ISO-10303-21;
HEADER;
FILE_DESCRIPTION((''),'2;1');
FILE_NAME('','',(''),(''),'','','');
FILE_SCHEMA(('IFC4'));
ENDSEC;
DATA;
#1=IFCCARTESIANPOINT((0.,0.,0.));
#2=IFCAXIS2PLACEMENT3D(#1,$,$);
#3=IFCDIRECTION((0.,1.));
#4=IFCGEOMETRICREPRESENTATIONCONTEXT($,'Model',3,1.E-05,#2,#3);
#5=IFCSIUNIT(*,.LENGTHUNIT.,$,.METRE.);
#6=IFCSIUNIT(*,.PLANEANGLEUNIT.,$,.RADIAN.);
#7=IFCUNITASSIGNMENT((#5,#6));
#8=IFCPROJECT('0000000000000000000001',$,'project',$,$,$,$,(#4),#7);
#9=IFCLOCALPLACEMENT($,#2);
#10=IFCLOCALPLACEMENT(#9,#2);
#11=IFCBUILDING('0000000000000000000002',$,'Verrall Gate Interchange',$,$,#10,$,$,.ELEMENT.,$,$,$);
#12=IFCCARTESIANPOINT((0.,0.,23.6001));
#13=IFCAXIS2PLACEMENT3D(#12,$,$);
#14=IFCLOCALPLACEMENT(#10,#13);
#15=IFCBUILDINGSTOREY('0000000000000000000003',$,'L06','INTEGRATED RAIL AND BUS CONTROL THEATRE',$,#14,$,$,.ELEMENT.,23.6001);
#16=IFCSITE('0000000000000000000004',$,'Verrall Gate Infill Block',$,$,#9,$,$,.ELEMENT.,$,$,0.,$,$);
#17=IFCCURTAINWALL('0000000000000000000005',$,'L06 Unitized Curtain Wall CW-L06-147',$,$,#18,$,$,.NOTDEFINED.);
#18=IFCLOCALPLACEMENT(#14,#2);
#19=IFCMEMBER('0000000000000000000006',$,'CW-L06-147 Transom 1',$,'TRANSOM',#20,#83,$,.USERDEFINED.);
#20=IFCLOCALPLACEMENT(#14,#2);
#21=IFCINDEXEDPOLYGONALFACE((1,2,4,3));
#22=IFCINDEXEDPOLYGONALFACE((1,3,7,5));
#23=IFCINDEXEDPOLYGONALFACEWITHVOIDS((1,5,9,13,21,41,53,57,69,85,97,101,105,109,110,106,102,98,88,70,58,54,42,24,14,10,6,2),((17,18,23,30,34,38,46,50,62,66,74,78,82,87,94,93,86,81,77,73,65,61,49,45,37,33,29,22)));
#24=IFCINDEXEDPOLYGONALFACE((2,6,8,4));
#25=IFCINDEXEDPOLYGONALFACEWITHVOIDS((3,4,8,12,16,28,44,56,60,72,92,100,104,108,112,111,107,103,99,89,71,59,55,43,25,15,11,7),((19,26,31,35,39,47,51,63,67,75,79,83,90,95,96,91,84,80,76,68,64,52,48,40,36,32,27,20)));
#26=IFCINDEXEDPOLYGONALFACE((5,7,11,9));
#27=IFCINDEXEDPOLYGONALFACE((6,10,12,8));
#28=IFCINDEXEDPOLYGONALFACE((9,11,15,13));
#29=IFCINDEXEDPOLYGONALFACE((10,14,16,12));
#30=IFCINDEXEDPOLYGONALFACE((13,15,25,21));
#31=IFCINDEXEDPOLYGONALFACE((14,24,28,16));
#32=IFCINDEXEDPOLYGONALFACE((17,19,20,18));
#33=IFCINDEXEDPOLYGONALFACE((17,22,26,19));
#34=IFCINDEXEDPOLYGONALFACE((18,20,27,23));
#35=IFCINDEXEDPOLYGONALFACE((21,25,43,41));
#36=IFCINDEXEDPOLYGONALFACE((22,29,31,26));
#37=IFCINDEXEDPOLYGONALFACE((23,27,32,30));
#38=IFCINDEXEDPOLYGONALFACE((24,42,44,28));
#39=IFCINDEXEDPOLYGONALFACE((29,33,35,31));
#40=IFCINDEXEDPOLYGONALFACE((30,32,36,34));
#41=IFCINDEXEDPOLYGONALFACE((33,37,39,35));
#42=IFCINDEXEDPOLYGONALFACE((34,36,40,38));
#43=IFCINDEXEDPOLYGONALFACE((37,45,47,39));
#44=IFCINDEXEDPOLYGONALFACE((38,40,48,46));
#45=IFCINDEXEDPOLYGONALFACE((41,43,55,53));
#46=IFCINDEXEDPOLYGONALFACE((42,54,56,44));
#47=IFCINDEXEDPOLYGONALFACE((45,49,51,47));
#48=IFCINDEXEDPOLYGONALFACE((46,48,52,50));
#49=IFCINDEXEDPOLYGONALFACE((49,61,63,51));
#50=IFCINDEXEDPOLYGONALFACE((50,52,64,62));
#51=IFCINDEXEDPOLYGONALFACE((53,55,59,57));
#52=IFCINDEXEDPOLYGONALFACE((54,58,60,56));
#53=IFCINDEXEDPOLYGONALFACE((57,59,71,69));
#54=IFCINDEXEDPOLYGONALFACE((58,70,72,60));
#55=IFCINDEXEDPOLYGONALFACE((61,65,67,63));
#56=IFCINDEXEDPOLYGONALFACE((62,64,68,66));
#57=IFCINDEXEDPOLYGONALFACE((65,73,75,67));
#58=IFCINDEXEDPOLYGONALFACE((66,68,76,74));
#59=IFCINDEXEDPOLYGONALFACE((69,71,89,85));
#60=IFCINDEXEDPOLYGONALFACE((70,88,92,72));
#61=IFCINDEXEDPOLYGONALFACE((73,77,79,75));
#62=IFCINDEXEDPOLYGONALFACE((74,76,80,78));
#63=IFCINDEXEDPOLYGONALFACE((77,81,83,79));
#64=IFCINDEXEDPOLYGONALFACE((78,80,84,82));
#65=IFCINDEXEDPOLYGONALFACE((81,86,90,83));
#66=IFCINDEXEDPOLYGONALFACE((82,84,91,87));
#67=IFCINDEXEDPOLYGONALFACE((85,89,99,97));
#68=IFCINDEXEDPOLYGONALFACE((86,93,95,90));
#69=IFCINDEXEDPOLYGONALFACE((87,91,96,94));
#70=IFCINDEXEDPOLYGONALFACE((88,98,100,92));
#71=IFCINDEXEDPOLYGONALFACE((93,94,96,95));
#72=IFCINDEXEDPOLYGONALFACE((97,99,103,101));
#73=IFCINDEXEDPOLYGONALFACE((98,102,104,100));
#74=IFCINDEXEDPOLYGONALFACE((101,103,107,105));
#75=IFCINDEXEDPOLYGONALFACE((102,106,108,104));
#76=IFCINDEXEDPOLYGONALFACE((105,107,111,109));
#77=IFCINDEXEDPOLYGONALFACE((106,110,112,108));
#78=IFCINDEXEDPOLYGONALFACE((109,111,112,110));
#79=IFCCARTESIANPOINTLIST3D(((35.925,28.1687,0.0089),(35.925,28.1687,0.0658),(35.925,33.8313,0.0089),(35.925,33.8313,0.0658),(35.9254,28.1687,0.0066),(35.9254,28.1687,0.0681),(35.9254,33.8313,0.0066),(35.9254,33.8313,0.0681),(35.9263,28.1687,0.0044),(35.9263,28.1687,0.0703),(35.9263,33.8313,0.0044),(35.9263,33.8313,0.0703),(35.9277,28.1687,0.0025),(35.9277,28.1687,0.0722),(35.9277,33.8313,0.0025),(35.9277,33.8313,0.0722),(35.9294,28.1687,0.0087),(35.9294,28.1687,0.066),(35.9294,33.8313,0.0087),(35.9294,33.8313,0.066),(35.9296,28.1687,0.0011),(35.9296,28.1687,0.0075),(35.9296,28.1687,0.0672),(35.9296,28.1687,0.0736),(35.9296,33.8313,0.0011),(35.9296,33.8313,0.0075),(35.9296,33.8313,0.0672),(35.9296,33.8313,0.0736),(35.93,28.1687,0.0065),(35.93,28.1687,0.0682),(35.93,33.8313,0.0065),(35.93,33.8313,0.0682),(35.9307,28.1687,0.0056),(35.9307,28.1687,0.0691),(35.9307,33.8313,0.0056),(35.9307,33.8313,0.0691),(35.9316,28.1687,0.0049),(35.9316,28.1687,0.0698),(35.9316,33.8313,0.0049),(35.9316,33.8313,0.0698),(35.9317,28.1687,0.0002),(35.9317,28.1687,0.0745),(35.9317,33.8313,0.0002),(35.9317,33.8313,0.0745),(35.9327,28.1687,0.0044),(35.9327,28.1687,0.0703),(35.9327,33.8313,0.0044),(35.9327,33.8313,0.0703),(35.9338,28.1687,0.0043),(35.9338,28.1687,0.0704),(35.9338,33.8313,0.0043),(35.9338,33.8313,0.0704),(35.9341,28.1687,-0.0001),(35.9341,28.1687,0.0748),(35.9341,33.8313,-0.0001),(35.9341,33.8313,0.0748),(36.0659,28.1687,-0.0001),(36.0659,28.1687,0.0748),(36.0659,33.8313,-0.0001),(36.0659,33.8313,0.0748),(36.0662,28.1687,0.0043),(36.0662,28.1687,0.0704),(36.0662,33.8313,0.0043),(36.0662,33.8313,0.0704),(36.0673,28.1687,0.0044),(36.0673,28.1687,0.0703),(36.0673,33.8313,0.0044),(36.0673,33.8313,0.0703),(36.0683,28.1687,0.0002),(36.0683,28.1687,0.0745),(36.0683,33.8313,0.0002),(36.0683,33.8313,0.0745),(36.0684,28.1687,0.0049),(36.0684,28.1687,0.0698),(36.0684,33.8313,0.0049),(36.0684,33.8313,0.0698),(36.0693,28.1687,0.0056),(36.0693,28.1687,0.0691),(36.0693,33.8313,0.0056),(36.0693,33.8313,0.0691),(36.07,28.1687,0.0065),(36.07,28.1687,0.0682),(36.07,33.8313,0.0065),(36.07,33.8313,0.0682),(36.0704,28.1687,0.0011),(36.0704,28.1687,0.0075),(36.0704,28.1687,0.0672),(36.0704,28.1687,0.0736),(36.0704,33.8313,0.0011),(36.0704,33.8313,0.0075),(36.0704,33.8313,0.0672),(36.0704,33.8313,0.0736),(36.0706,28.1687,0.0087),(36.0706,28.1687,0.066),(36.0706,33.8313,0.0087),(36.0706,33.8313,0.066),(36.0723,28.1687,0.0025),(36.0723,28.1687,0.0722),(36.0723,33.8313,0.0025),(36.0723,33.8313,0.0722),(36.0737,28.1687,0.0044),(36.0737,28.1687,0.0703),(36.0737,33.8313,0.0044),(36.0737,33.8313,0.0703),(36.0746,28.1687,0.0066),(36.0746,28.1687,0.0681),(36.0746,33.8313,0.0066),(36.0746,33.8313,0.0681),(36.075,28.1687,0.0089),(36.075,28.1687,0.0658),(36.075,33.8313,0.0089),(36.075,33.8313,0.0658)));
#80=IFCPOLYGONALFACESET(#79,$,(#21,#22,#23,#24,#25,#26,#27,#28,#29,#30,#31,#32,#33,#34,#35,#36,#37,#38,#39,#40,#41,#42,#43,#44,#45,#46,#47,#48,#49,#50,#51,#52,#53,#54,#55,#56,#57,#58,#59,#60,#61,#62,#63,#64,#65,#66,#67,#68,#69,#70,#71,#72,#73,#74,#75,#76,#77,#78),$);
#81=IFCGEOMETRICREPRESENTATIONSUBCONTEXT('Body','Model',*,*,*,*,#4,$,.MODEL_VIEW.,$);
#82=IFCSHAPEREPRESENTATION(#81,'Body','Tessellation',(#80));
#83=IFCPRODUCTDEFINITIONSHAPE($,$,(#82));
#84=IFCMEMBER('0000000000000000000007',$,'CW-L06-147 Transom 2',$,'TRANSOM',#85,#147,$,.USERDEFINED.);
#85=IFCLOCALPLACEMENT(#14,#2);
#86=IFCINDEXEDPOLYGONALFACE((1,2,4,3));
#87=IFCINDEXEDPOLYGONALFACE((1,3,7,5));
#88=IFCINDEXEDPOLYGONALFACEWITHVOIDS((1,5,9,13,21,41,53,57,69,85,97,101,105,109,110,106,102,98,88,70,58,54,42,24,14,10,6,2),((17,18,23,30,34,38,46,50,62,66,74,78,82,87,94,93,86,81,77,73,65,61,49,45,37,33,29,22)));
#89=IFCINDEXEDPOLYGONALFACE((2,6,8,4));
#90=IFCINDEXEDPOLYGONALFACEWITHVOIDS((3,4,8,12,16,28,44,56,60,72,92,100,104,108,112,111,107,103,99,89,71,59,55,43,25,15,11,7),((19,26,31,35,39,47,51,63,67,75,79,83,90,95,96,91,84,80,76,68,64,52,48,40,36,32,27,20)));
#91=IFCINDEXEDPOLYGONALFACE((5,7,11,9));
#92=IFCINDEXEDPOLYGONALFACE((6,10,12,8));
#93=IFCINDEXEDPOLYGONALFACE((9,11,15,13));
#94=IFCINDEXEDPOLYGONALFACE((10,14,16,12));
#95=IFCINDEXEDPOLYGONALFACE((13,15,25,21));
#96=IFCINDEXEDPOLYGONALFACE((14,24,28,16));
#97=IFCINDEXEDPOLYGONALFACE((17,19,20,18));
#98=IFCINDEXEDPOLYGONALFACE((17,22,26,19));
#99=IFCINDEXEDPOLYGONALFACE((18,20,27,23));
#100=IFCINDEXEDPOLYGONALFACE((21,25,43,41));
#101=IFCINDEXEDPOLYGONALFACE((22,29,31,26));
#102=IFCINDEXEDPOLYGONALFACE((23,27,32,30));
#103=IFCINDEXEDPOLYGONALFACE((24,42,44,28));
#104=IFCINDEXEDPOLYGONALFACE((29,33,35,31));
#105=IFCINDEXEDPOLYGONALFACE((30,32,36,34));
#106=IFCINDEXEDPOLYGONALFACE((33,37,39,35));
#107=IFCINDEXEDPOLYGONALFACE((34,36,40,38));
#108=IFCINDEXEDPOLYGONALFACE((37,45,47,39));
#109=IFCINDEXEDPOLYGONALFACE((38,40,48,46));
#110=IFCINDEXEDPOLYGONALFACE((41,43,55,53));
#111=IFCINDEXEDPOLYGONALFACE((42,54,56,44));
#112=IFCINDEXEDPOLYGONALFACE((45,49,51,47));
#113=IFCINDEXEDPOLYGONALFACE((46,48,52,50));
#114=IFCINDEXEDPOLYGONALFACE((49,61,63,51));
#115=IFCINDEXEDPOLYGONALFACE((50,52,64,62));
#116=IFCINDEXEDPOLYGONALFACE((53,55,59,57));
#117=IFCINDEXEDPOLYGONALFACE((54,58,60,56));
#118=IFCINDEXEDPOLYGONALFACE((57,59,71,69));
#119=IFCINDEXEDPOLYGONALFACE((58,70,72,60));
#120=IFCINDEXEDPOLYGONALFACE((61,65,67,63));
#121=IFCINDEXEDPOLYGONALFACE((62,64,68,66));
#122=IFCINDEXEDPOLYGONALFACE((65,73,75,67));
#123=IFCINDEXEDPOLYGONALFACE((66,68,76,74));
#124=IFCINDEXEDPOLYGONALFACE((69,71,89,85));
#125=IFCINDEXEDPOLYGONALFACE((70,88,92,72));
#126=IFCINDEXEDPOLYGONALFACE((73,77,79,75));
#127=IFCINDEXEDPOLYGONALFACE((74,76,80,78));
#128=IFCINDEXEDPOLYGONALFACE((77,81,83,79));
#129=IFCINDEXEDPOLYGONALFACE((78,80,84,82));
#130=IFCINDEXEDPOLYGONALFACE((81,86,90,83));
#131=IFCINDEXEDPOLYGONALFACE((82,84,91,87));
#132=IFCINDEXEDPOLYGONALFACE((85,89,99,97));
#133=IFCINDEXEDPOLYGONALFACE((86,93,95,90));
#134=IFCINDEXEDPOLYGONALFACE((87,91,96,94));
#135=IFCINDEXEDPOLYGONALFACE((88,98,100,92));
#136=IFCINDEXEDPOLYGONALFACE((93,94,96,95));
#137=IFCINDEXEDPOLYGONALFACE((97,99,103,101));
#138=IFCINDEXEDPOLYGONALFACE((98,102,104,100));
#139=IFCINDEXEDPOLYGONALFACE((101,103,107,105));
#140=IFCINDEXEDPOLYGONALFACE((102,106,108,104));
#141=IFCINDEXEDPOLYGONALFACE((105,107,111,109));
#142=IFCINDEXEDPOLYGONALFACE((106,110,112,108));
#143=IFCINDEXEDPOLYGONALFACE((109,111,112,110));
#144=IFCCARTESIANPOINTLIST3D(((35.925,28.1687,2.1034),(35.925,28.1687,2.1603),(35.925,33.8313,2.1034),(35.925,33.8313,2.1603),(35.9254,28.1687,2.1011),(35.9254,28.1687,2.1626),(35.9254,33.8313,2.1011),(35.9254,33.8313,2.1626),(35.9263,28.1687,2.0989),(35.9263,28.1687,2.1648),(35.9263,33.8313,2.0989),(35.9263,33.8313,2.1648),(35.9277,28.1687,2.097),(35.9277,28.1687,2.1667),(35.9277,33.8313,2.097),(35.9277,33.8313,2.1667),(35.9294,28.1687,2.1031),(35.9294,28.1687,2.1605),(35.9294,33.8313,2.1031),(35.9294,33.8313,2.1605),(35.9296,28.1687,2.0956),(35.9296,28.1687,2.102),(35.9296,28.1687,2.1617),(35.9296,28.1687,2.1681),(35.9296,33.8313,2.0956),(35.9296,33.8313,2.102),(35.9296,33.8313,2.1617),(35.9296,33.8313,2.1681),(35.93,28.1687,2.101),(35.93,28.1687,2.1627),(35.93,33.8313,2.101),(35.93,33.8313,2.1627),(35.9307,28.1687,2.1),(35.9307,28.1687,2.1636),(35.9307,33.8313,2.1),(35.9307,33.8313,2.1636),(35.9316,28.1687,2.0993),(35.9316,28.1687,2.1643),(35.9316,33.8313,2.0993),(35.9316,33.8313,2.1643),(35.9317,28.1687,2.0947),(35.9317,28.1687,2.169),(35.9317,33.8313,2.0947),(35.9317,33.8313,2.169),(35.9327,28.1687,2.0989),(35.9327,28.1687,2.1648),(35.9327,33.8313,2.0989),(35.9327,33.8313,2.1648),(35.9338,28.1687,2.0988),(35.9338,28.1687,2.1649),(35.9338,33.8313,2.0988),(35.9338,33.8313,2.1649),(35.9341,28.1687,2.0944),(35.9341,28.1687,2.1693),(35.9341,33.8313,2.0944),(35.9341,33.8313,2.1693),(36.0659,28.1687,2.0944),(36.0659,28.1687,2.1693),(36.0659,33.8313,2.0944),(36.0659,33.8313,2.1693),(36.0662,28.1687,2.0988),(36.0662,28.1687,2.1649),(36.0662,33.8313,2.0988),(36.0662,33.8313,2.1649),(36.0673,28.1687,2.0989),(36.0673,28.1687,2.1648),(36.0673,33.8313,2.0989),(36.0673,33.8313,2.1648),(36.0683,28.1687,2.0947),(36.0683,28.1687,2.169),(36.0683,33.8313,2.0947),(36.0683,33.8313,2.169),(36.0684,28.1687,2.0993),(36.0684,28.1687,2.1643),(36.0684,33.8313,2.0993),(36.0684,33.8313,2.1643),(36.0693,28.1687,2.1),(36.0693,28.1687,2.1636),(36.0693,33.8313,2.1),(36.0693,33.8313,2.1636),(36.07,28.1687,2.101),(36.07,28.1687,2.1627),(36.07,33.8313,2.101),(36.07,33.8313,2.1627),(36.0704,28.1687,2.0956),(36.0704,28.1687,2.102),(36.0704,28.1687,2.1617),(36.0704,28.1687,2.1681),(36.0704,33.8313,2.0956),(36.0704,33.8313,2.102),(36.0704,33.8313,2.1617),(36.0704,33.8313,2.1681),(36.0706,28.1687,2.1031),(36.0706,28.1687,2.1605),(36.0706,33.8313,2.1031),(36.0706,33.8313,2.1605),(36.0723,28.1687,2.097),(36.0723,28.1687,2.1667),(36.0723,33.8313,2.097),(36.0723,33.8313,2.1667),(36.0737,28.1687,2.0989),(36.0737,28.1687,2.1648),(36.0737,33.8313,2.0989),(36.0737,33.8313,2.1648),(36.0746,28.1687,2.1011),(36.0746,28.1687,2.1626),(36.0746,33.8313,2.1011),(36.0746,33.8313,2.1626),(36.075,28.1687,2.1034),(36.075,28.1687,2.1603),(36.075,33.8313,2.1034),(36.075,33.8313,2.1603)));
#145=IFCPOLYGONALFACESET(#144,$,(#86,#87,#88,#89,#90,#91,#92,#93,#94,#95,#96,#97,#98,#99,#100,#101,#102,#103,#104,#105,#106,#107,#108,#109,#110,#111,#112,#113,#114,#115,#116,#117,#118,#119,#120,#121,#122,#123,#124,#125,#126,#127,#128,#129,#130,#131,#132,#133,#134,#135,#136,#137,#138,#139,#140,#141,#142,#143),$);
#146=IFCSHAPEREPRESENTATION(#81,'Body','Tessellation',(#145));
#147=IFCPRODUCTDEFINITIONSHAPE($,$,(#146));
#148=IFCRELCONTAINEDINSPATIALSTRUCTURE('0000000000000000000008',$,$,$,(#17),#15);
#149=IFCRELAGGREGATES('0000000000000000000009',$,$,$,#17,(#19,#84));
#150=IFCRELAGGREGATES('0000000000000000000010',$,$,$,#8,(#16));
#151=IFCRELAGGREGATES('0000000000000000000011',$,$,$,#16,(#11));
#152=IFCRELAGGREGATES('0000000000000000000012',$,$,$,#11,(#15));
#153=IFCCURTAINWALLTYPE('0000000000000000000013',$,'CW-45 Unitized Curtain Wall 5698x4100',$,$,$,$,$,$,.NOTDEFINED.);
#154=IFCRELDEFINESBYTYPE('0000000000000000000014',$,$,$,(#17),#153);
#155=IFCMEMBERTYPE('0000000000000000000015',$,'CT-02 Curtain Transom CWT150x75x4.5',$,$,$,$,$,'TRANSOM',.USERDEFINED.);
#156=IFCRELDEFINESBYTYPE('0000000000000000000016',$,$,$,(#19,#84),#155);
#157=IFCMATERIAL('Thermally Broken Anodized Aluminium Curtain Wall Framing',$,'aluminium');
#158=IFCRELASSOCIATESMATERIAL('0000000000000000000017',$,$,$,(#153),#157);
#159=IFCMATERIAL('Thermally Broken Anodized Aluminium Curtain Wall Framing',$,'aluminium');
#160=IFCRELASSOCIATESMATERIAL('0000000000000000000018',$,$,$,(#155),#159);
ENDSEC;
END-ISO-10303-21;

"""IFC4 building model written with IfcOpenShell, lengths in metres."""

from ifc_helpers import new_model, si_unit, direction, frame, origin, origin_2d, place, context, subcontext, project, spatial, hollow_rectangle, extrude, material, material_profile, profile_set, type_object, element, aggregate, save


model = new_model("IFC4")

# Units and contexts
model_context = context("Model", 3, precision=1e-05, world=origin(), true_north=direction((0.0, 1.0)))
body_context = subcontext(model_context, "Body", "Model", "MODEL_VIEW")
ifc_project = project(units=[si_unit("LENGTHUNIT", "METRE"), si_unit("PLANEANGLEUNIT", "RADIAN")], contexts=[model_context])

# Site, building, storey
site_placement = place(None, origin())
site = spatial("IfcSite", under=ifc_project, at=site_placement, Name="Verrall Gate Infill Block", CompositionType="ELEMENT", RefElevation=0.0)
building_placement = place(site_placement, origin())
building = spatial("IfcBuilding", under=site, at=building_placement, Name="Verrall Gate Interchange", CompositionType="ELEMENT")
storey_placement = place(building_placement, frame((0.0, 0.0, 23.6001)))
storey = spatial("IfcBuildingStorey", under=building, at=storey_placement, Name="L06", Description="INTEGRATED RAIL AND BUS CONTROL THEATRE", CompositionType="ELEMENT", Elevation=23.6001)

# Curtain wall, members
ifc_material_1 = material(Name="Thermally Broken Anodized Aluminium Curtain Wall Framing", Category="aluminium")
curtain_wall_type = type_object("IfcCurtainWallType", Name="CW-45 Unitized Curtain Wall 5698x4100", PredefinedType="NOTDEFINED", material=ifc_material_1)
curtain_wall_1_placement = place(storey_placement, origin())
curtain_wall_1 = element("IfcCurtainWall", 1, at=curtain_wall_1_placement, inside=storey, type_object=curtain_wall_type, Name="L06 Unitized Curtain Wall CW-L06-147", PredefinedType="NOTDEFINED")
ifc_material_2 = material(Name="Thermally Broken Anodized Aluminium Curtain Wall Framing", Category="aluminium")
ifc_material_profile_1 = material_profile(ifc_material_2, hollow_rectangle(XDim=0.1499, YDim=0.075, WallThickness=0.0044, InnerFilletRadius=0.0044, OuterFilletRadius=0.009, at=origin_2d()), Name="CWT150x75x4.5")
ifc_profile_set_1 = profile_set([ifc_material_profile_1], Name="Thermally Broken Anodized Aluminium Curtain Wall Framing")
member_type_1 = type_object("IfcMemberType", Name="CT-02 Curtain Transom CWT150x75x4.5", ElementType="TRANSOM", PredefinedType="USERDEFINED", material=ifc_profile_set_1)
member_1_placement = place(storey_placement, frame((36.0, 28.1687, 0.0374), z_axis=(0.0, 1.0, 0.0), x_axis=(-1.0, 0.0, 0.0)))
member_1 = element("IfcMember", 2, at=member_1_placement, type_object=member_type_1, Name="CW-L06-147 Transom 1", ObjectType="TRANSOM", PredefinedType="USERDEFINED", context=body_context, shape_type="SweptSolid", body=[
    extrude(hollow_rectangle(XDim=0.1499, YDim=0.075, WallThickness=0.0044, InnerFilletRadius=0.0044, OuterFilletRadius=0.009, at=origin_2d()), origin(), (0.0, 0.0, 1.0), 5.6626),
])
member_2_placement = place(storey_placement, frame((36.0, 28.1687, 2.1318), z_axis=(0.0, 1.0, 0.0), x_axis=(-1.0, 0.0, 0.0)))
member_2 = element("IfcMember", 3, at=member_2_placement, type_object=member_type_1, Name="CW-L06-147 Transom 2", ObjectType="TRANSOM", PredefinedType="USERDEFINED", context=body_context, shape_type="SweptSolid", body=[
    extrude(hollow_rectangle(XDim=0.1499, YDim=0.075, WallThickness=0.0044, InnerFilletRadius=0.0044, OuterFilletRadius=0.009, at=origin_2d()), origin(), (0.0, 0.0, 1.0), 5.6626),
])

aggregate(curtain_wall_1, [member_1, member_2])

save(model, "model.ifc")
